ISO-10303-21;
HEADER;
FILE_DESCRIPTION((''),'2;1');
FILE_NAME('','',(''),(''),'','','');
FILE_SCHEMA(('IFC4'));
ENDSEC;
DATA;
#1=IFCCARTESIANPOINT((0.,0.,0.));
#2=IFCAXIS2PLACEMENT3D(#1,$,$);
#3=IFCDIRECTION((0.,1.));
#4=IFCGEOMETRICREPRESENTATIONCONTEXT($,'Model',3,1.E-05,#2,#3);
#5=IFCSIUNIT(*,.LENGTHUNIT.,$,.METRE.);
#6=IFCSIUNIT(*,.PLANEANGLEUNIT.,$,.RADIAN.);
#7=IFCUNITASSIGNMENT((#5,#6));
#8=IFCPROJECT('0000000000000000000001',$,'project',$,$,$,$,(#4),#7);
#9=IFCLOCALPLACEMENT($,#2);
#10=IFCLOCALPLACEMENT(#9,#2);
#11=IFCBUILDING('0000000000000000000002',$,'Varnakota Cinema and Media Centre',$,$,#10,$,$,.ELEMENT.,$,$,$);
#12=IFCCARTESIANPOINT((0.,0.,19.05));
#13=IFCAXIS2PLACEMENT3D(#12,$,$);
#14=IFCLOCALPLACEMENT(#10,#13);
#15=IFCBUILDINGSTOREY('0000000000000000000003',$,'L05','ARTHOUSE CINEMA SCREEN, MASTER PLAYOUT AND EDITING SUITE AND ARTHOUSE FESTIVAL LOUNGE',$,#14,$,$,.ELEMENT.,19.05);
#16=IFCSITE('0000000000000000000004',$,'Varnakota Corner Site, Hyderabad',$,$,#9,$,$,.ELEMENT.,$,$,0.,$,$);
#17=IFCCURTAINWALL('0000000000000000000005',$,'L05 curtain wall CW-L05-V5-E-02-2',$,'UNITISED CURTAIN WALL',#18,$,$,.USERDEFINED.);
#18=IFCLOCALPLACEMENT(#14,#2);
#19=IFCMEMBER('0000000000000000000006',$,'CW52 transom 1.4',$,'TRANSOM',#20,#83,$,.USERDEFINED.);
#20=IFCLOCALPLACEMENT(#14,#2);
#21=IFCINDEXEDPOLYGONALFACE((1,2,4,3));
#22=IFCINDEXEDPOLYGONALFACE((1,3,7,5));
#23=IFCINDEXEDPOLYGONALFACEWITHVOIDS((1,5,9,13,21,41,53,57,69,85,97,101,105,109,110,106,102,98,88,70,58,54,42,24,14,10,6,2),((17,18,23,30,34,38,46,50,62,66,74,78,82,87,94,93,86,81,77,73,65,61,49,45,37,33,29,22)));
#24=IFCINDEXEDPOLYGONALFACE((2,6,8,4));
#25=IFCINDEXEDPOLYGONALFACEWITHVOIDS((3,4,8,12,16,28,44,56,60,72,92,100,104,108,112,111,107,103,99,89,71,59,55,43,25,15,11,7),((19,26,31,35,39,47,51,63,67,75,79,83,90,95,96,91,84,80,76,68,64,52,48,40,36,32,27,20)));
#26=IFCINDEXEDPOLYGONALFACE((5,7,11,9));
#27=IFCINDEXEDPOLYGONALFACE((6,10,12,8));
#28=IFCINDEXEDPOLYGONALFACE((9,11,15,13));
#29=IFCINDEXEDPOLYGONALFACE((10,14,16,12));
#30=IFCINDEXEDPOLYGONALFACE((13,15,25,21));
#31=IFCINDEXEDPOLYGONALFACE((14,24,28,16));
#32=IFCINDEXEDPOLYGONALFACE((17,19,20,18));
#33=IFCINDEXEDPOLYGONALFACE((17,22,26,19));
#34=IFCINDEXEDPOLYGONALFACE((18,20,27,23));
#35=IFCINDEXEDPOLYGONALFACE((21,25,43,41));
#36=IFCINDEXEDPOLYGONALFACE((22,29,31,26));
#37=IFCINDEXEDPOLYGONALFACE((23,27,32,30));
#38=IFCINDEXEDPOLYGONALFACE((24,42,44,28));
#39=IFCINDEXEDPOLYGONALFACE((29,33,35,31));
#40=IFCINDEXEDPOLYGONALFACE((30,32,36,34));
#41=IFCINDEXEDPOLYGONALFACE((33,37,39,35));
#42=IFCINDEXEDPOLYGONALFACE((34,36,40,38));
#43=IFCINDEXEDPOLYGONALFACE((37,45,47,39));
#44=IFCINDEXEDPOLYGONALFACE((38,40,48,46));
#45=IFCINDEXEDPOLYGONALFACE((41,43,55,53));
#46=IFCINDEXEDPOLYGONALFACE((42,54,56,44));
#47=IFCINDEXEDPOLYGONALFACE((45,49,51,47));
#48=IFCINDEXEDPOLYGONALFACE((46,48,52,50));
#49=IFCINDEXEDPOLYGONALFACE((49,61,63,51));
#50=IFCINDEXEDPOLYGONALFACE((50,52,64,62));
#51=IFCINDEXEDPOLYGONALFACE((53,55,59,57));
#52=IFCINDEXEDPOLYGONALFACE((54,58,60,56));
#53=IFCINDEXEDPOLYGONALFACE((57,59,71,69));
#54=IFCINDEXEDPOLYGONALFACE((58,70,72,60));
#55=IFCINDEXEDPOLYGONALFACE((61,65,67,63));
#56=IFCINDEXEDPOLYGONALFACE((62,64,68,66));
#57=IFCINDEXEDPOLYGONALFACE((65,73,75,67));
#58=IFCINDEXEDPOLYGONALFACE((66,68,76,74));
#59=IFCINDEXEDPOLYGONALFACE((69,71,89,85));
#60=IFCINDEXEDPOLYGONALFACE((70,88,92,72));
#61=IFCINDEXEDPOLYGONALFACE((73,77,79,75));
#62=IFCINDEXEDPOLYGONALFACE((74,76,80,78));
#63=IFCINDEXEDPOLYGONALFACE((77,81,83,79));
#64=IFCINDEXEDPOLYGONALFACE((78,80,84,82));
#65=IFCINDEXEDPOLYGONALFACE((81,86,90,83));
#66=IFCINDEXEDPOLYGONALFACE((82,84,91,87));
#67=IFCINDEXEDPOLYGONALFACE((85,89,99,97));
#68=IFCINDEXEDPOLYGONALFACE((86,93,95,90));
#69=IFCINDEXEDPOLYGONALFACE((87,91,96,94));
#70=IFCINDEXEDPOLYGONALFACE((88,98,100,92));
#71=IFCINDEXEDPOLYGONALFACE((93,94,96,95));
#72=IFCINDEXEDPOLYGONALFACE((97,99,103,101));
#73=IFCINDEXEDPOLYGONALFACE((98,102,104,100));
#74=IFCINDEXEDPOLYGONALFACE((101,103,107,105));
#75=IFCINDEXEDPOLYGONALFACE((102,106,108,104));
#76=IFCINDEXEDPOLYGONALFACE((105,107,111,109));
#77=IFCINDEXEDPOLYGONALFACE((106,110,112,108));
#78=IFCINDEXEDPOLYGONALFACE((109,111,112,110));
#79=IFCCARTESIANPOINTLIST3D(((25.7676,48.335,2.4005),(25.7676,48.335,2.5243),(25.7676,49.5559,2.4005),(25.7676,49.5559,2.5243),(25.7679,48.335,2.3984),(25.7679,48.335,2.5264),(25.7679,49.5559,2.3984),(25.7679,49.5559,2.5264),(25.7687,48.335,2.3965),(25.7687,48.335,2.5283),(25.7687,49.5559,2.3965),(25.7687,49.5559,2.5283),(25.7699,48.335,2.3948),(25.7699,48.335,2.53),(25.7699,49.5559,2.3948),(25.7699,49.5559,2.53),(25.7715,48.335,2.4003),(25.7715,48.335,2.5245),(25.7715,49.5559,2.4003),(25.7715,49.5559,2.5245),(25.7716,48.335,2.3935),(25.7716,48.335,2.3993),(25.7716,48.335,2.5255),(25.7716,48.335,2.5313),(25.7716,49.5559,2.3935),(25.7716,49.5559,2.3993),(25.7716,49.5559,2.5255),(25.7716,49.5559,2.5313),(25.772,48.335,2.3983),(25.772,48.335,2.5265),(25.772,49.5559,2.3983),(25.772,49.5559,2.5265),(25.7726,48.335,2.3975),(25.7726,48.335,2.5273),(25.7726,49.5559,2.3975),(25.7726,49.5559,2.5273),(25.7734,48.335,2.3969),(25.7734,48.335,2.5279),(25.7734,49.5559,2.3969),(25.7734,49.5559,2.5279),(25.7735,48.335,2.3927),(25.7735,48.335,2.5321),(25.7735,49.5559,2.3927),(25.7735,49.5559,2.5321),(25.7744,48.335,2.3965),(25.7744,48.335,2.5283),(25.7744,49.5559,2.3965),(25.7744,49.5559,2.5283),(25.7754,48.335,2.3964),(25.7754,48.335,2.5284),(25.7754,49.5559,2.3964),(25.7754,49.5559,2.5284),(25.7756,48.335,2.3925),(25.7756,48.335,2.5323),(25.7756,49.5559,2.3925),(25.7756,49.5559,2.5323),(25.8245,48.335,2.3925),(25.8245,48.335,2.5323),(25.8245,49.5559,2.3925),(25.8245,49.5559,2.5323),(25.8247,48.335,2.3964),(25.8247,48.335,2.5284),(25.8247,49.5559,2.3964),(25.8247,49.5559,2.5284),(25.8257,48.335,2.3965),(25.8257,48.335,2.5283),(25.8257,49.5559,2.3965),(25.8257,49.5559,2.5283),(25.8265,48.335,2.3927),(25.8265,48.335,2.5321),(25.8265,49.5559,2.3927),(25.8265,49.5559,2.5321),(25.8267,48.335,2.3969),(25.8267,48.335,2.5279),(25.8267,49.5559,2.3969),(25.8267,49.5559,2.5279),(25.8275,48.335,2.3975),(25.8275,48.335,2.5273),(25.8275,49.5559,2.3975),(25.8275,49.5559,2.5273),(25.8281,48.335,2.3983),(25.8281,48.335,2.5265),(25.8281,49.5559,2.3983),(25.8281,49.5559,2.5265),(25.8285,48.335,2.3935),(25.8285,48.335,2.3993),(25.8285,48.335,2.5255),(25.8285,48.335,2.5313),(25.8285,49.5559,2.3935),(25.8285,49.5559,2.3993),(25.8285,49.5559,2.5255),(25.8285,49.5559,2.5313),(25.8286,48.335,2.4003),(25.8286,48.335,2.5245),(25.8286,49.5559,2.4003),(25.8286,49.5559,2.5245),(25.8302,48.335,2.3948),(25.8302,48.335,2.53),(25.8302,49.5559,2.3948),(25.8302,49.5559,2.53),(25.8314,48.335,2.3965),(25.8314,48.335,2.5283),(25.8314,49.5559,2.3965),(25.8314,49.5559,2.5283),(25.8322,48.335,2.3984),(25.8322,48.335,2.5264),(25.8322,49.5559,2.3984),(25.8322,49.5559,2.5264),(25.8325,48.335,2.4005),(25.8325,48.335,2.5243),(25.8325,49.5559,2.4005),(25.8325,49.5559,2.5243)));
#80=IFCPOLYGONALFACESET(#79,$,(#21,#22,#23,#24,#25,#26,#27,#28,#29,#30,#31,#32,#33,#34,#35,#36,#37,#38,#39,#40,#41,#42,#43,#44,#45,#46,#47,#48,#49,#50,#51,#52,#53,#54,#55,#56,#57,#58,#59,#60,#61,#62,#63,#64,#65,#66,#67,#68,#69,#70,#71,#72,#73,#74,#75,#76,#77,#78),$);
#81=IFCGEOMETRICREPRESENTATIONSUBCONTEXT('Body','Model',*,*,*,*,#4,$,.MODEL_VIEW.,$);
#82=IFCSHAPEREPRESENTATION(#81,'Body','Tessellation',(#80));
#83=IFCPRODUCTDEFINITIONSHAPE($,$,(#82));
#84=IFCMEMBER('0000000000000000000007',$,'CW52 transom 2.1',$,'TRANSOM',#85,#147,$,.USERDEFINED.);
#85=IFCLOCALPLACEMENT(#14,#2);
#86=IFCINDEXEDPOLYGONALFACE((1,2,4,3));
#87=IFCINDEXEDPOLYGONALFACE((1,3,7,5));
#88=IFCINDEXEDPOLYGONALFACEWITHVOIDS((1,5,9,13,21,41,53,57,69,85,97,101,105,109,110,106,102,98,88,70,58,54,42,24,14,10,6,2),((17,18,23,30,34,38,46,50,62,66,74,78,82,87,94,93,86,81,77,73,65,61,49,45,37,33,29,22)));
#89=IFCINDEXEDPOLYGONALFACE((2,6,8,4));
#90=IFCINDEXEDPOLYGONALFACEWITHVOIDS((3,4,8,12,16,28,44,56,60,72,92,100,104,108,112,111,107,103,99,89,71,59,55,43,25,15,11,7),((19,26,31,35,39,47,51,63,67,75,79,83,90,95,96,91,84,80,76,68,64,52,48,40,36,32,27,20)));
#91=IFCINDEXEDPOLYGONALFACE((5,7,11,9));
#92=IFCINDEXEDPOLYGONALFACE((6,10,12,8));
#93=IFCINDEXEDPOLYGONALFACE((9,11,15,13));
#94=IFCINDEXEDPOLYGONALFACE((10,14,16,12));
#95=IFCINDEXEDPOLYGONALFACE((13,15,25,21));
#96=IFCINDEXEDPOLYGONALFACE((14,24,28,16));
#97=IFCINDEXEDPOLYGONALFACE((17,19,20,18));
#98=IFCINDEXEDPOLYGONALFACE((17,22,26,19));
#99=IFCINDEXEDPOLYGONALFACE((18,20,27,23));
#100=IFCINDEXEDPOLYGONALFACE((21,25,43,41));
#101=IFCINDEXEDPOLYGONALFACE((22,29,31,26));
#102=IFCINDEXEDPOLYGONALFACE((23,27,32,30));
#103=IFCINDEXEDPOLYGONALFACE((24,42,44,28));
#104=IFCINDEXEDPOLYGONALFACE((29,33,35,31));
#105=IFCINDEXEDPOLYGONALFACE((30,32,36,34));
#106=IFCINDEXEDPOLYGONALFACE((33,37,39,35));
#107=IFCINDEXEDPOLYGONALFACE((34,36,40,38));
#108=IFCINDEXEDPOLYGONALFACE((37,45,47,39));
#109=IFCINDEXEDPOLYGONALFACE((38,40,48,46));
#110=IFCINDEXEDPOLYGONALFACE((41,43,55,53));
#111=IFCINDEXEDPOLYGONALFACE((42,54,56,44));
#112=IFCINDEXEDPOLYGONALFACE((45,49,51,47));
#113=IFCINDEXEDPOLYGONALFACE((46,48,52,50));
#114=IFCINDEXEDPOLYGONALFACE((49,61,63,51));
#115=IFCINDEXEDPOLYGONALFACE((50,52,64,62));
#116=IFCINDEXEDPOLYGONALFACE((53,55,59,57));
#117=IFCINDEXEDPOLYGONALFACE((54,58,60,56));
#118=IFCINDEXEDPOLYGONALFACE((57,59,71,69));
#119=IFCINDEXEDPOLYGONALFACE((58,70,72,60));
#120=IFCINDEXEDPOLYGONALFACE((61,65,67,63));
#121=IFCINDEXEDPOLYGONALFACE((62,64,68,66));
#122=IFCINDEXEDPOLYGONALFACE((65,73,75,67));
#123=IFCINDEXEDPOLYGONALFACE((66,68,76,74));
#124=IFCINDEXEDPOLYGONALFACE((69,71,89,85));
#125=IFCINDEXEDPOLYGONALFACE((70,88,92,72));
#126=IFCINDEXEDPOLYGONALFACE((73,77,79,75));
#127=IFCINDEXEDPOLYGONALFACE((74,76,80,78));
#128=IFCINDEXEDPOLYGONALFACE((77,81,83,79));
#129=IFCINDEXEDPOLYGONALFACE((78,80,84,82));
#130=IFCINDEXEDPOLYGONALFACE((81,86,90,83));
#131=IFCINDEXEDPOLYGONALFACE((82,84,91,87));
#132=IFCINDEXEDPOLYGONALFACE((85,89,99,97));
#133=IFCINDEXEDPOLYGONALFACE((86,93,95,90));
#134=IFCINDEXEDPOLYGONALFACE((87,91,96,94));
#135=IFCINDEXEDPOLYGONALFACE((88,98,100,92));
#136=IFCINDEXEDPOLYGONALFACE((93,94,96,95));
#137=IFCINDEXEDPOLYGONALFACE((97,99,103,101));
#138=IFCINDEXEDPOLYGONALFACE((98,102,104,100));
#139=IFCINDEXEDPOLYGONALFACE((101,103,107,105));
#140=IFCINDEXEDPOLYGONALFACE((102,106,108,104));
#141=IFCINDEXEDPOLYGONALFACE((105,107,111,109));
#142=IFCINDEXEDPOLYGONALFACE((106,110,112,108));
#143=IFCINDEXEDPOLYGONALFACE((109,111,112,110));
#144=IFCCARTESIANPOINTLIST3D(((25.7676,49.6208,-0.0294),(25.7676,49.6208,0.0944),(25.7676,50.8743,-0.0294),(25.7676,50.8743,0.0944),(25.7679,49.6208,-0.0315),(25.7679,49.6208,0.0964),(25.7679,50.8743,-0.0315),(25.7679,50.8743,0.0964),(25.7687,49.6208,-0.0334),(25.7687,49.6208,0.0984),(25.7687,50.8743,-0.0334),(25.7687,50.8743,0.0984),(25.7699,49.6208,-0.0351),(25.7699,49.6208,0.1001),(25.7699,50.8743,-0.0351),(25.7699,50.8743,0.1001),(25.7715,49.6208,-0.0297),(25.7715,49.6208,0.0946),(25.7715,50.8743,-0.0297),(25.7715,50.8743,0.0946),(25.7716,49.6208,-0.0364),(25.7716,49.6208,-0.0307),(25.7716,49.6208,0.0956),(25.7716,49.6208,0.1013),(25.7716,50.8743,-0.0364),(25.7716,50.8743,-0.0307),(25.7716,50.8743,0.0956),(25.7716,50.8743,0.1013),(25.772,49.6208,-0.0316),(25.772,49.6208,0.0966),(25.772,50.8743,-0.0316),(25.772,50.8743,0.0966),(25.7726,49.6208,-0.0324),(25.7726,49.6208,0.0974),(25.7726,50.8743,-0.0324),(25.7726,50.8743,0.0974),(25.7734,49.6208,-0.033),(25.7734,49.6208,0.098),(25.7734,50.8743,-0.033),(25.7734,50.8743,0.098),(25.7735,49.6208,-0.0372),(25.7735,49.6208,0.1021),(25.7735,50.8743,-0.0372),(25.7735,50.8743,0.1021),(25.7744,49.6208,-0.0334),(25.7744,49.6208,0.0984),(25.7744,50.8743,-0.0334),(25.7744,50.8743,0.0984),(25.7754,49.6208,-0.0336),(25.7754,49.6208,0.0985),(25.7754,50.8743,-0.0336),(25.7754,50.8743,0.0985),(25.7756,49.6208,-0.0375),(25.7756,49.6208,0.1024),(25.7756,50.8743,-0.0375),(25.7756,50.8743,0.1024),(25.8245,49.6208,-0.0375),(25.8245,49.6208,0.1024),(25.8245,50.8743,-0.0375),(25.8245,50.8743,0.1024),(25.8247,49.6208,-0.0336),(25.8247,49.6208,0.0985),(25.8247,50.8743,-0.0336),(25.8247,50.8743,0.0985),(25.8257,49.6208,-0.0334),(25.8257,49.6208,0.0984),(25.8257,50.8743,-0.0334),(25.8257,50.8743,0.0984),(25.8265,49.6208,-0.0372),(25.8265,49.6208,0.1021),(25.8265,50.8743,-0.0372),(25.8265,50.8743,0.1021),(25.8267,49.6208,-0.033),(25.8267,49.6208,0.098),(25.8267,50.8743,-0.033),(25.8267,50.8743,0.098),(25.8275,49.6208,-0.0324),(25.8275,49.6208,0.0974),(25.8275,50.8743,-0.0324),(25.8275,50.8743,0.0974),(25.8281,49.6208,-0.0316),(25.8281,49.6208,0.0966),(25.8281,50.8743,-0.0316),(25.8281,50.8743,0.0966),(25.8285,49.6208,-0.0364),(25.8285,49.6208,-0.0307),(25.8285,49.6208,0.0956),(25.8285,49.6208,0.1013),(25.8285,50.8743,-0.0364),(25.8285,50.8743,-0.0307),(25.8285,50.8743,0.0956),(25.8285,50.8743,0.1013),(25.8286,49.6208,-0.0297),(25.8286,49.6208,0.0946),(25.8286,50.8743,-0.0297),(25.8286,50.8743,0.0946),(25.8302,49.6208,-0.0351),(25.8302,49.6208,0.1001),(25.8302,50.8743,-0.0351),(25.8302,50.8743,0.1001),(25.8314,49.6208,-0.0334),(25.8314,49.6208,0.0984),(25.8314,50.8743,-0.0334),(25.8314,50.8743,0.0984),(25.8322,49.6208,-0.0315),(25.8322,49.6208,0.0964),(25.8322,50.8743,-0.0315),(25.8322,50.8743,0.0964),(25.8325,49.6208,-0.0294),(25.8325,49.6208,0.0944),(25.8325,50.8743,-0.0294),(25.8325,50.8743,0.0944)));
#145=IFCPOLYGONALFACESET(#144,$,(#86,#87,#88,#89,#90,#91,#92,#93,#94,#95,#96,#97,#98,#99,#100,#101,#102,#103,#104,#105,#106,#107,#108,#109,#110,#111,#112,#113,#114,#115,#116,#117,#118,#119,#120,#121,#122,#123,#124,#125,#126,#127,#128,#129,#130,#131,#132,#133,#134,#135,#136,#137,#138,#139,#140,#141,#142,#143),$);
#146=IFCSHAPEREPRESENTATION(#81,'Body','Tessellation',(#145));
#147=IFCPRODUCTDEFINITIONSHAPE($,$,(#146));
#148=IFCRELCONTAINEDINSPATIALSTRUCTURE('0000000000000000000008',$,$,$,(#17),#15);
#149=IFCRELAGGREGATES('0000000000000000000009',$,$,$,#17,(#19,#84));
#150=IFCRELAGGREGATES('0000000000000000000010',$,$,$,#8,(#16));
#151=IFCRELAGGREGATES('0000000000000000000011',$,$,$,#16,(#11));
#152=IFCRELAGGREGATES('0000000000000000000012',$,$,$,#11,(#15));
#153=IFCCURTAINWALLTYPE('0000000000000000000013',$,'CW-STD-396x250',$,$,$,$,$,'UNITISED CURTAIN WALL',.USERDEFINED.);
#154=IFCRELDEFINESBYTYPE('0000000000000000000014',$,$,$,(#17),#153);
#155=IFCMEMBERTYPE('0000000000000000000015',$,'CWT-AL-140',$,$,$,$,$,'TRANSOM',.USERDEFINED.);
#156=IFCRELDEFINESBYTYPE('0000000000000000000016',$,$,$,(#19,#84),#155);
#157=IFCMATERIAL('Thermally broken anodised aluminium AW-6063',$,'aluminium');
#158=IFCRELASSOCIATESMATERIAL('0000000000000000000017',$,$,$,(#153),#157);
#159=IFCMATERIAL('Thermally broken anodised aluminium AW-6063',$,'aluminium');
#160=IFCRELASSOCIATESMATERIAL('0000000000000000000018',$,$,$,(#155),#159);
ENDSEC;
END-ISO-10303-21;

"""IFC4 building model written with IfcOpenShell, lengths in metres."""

from ifc_helpers import new_model, si_unit, direction, frame, origin, origin_2d, place, context, subcontext, project, spatial, hollow_rectangle, extrude, material, material_profile, profile_set, type_object, element, aggregate, save


model = new_model("IFC4")

# Units and contexts
model_context = context("Model", 3, precision=1e-05, world=origin(), true_north=direction((0.0, 1.0)))
body_context = subcontext(model_context, "Body", "Model", "MODEL_VIEW")
ifc_project = project(units=[si_unit("LENGTHUNIT", "METRE"), si_unit("PLANEANGLEUNIT", "RADIAN")], contexts=[model_context])

# Site, building, storey
site_placement = place(None, origin())
site = spatial("IfcSite", under=ifc_project, at=site_placement, Name="Varnakota Corner Site, Hyderabad", CompositionType="ELEMENT", RefElevation=0.0)
building_placement = place(site_placement, origin())
building = spatial("IfcBuilding", under=site, at=building_placement, Name="Varnakota Cinema and Media Centre", CompositionType="ELEMENT")
storey_placement = place(building_placement, frame((0.0, 0.0, 19.05)))
storey = spatial("IfcBuildingStorey", under=building, at=storey_placement, Name="L05", Description="ARTHOUSE CINEMA SCREEN, MASTER PLAYOUT AND EDITING SUITE AND ARTHOUSE FESTIVAL LOUNGE", CompositionType="ELEMENT", Elevation=19.05)

# Shared definitions
ifc_material_1 = material(Name="Thermally broken anodised aluminium AW-6063", Category="aluminium")
curtain_wall_type_1 = type_object("IfcCurtainWallType", Name="CW-STD-396x250", ElementType="UNITISED CURTAIN WALL", PredefinedType="USERDEFINED", material=ifc_material_1)

# Curtain wall
curtain_wall_1_placement = place(storey_placement, origin())
curtain_wall_1 = element("IfcCurtainWall", 1, at=curtain_wall_1_placement, inside=storey, type_object=curtain_wall_type_1, Name="L05 curtain wall CW-L05-V5-E-02-2", ObjectType="UNITISED CURTAIN WALL", PredefinedType="USERDEFINED")

# Members
ifc_material_2 = material(Name="Thermally broken anodised aluminium AW-6063", Category="aluminium")
ifc_material_profile_1 = material_profile(ifc_material_2, hollow_rectangle(XDim=0.0649, YDim=0.1399, WallThickness=0.0039, InnerFilletRadius=0.0039, OuterFilletRadius=0.0081, at=origin_2d()), Name="AL-TRANSOM 140x65x4")
ifc_profile_set_1 = profile_set([ifc_material_profile_1], Name="Thermally broken anodised aluminium AW-6063")
member_type_1 = type_object("IfcMemberType", Name="CWT-AL-140", ElementType="TRANSOM", PredefinedType="USERDEFINED", material=ifc_profile_set_1)
member_1_placement = place(storey_placement, frame((25.8, 48.335, 2.4624), z_axis=(0.0, 1.0, 0.0), x_axis=(-1.0, 0.0, 0.0)))
member_1 = element("IfcMember", 2, at=member_1_placement, type_object=member_type_1, Name="CW52 transom 1.4", ObjectType="TRANSOM", PredefinedType="USERDEFINED", context=body_context, shape_type="SweptSolid", body=[
    extrude(hollow_rectangle(XDim=0.0649, YDim=0.1399, WallThickness=0.0039, InnerFilletRadius=0.0039, OuterFilletRadius=0.0081, at=origin_2d()), origin(), (0.0, 0.0, 1.0), 1.2209),
])
member_2_placement = place(storey_placement, frame((25.8, 49.6208, 0.0325), z_axis=(0.0, 1.0, 0.0), x_axis=(-1.0, 0.0, 0.0)))
member_2 = element("IfcMember", 3, at=member_2_placement, type_object=member_type_1, Name="CW52 transom 2.1", ObjectType="TRANSOM", PredefinedType="USERDEFINED", context=body_context, shape_type="SweptSolid", body=[
    extrude(hollow_rectangle(XDim=0.0649, YDim=0.1399, WallThickness=0.0039, InnerFilletRadius=0.0039, OuterFilletRadius=0.0081, at=origin_2d()), origin(), (0.0, 0.0, 1.0), 1.2534),
])

aggregate(curtain_wall_1, [member_1, member_2])

save(model, "model.ifc")
